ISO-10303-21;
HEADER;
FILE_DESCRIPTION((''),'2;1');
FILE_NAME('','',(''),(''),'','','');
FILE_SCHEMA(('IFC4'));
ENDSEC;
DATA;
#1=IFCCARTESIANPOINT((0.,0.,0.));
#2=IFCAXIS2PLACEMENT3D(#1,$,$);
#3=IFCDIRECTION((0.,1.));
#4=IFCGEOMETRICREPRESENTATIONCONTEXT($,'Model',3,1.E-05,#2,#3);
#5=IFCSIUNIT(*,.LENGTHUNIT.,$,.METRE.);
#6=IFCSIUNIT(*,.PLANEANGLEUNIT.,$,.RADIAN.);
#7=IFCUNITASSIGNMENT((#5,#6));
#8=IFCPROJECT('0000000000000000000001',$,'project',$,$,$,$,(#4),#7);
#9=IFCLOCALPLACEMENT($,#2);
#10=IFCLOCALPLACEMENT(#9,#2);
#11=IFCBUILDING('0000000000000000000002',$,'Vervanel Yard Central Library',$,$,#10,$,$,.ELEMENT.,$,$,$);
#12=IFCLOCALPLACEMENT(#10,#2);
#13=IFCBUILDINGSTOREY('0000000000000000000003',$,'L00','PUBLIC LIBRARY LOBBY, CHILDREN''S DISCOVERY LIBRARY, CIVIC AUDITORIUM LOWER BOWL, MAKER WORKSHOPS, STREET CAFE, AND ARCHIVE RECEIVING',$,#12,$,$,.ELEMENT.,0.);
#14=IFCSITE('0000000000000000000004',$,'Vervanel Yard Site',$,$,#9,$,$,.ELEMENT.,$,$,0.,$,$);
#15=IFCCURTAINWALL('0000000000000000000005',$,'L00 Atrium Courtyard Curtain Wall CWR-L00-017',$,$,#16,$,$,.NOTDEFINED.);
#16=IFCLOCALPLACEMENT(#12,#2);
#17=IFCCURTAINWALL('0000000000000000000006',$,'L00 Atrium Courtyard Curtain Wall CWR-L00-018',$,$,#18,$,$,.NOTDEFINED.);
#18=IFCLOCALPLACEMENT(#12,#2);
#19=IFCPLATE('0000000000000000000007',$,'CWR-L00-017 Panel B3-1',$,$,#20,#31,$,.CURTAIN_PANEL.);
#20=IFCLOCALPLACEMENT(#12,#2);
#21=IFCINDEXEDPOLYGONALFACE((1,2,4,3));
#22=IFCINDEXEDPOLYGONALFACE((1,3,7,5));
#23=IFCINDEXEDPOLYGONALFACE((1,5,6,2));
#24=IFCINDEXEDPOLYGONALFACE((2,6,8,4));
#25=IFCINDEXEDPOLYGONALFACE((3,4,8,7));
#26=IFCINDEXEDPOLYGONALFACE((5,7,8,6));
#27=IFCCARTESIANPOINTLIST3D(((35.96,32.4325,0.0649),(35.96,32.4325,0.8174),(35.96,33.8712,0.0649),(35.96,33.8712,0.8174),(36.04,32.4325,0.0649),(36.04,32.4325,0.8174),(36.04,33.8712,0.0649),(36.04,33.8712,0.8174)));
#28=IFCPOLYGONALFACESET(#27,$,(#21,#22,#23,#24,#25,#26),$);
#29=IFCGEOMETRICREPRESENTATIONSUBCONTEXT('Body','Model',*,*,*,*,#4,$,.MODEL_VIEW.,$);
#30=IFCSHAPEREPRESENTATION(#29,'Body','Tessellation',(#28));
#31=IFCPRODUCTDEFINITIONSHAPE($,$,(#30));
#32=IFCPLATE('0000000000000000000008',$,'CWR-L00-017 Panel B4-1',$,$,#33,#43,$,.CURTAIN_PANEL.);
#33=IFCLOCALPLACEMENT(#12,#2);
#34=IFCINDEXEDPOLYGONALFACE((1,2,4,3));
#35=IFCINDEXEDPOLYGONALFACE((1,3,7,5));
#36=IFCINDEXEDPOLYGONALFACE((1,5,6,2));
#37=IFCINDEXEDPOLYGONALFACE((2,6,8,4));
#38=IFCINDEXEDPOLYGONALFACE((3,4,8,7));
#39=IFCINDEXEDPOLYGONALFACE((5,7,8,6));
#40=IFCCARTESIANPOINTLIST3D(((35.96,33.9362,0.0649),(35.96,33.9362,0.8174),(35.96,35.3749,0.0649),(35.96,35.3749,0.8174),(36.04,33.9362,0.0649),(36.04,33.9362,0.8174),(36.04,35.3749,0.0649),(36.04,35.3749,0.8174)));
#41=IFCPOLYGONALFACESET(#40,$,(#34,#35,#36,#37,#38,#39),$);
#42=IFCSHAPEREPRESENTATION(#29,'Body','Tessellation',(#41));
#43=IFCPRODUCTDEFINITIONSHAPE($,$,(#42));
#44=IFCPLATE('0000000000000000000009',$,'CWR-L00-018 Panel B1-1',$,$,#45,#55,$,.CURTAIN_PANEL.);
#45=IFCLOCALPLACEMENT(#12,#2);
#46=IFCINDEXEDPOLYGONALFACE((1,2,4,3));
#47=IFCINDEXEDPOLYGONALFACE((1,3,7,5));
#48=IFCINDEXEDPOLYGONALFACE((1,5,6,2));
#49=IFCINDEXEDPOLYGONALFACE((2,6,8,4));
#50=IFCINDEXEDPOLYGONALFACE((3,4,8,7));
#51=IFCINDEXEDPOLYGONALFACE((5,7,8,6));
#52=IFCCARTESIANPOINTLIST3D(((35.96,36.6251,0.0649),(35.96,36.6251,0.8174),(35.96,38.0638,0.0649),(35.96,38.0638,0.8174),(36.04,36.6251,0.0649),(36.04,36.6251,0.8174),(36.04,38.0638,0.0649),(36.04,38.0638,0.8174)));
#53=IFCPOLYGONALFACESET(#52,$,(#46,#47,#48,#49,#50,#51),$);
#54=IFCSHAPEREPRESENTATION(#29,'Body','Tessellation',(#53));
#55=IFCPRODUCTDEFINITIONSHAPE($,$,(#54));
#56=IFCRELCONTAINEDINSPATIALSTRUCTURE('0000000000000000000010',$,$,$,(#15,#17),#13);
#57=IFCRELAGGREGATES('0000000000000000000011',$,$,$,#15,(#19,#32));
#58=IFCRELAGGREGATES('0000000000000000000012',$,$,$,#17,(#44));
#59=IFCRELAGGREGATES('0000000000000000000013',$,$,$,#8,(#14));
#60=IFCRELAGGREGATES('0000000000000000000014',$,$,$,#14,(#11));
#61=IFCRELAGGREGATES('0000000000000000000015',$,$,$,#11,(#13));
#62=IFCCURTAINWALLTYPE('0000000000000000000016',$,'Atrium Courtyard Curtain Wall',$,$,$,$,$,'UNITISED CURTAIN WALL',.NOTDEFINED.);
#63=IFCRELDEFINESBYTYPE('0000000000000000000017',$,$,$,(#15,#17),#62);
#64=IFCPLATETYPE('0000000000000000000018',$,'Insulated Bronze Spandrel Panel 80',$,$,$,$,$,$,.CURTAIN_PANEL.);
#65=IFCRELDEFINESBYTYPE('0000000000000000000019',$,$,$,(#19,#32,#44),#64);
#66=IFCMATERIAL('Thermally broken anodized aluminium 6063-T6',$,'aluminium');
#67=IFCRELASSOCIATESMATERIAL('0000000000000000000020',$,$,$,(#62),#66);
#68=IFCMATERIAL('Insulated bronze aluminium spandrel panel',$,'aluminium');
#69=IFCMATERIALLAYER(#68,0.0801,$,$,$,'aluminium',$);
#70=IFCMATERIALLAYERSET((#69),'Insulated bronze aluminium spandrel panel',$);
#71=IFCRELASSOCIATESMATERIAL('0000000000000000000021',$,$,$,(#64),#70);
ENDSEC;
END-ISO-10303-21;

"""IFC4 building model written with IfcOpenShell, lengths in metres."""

from ifc_helpers import new_model, si_unit, direction, frame, origin, origin_2d, place, context, subcontext, project, spatial, rectangle, extrude, material, layer, layer_set, type_object, element, aggregate, save


model = new_model("IFC4")

# Units and contexts
model_context = context("Model", 3, precision=1e-05, world=origin(), true_north=direction((0.0, 1.0)))
body_context = subcontext(model_context, "Body", "Model", "MODEL_VIEW")
ifc_project = project(units=[si_unit("LENGTHUNIT", "METRE"), si_unit("PLANEANGLEUNIT", "RADIAN")], contexts=[model_context])

# Site, building, storey
site_placement = place(None, origin())
site = spatial("IfcSite", under=ifc_project, at=site_placement, Name="Vervanel Yard Site", CompositionType="ELEMENT", RefElevation=0.0)
building_placement = place(site_placement, origin())
building = spatial("IfcBuilding", under=site, at=building_placement, Name="Vervanel Yard Central Library", CompositionType="ELEMENT")
storey_placement = place(building_placement, origin())
storey = spatial("IfcBuildingStorey", under=building, at=storey_placement, Name="L00", Description="PUBLIC LIBRARY LOBBY, CHILDREN'S DISCOVERY LIBRARY, CIVIC AUDITORIUM LOWER BOWL, MAKER WORKSHOPS, STREET CAFE, AND ARCHIVE RECEIVING", CompositionType="ELEMENT", Elevation=0.0)

# Curtain wall
ifc_material_1 = material(Name="Thermally broken anodized aluminium 6063-T6", Category="aluminium")
curtain_wall_type = type_object("IfcCurtainWallType", Name="Atrium Courtyard Curtain Wall", ElementType="UNITISED CURTAIN WALL", PredefinedType="NOTDEFINED", material=ifc_material_1)
curtain_wall_1_placement = place(storey_placement, origin())
curtain_wall_1 = element("IfcCurtainWall", 1, at=curtain_wall_1_placement, inside=storey, type_object=curtain_wall_type, Name="L00 Atrium Courtyard Curtain Wall CWR-L00-017", PredefinedType="NOTDEFINED")

# Curtain wall
curtain_wall_2_placement = place(storey_placement, origin())
curtain_wall_2 = element("IfcCurtainWall", 2, at=curtain_wall_2_placement, inside=storey, type_object=curtain_wall_type, Name="L00 Atrium Courtyard Curtain Wall CWR-L00-018", PredefinedType="NOTDEFINED")

# Plates
ifc_material_2 = material(Name="Insulated bronze aluminium spandrel panel", Category="aluminium")
ifc_layer_1 = layer(ifc_material_2, 0.0801, Category="aluminium")
ifc_layer_set_1 = layer_set([ifc_layer_1], Name="Insulated bronze aluminium spandrel panel")
plate_type_1 = type_object("IfcPlateType", Name="Insulated Bronze Spandrel Panel 80", PredefinedType="CURTAIN_PANEL", material=ifc_layer_set_1)
plate_1_placement = place(storey_placement, frame((36.0, 33.1519, 0.0649), z_axis=(0.0, 0.0, 1.0), x_axis=(0.0, 1.0, 0.0)))
plate_1 = element("IfcPlate", 3, at=plate_1_placement, type_object=plate_type_1, Name="CWR-L00-017 Panel B3-1", PredefinedType="CURTAIN_PANEL", context=body_context, shape_type="SweptSolid", body=[
    extrude(rectangle(XDim=1.4387, YDim=0.0801, at=origin_2d()), origin(), (0.0, 0.0, 1.0), 0.7524),
])
plate_2_placement = place(storey_placement, frame((36.0, 34.6555, 0.0649), z_axis=(0.0, 0.0, 1.0), x_axis=(0.0, 1.0, 0.0)))
plate_2 = element("IfcPlate", 4, at=plate_2_placement, type_object=plate_type_1, Name="CWR-L00-017 Panel B4-1", PredefinedType="CURTAIN_PANEL", context=body_context, shape_type="SweptSolid", body=[
    extrude(rectangle(XDim=1.4387, YDim=0.0801, at=origin_2d()), origin(), (0.0, 0.0, 1.0), 0.7524),
])
aggregate(curtain_wall_1, [plate_1, plate_2])
plate_3_placement = place(storey_placement, frame((36.0, 37.3445, 0.0649), z_axis=(0.0, 0.0, 1.0), x_axis=(0.0, 1.0, 0.0)))
plate_3 = element("IfcPlate", 5, at=plate_3_placement, type_object=plate_type_1, Name="CWR-L00-018 Panel B1-1", PredefinedType="CURTAIN_PANEL", context=body_context, shape_type="SweptSolid", body=[
    extrude(rectangle(XDim=1.4387, YDim=0.0801, at=origin_2d()), origin(), (0.0, 0.0, 1.0), 0.7524),
])
aggregate(curtain_wall_2, [plate_3])

save(model, "model.ifc")
